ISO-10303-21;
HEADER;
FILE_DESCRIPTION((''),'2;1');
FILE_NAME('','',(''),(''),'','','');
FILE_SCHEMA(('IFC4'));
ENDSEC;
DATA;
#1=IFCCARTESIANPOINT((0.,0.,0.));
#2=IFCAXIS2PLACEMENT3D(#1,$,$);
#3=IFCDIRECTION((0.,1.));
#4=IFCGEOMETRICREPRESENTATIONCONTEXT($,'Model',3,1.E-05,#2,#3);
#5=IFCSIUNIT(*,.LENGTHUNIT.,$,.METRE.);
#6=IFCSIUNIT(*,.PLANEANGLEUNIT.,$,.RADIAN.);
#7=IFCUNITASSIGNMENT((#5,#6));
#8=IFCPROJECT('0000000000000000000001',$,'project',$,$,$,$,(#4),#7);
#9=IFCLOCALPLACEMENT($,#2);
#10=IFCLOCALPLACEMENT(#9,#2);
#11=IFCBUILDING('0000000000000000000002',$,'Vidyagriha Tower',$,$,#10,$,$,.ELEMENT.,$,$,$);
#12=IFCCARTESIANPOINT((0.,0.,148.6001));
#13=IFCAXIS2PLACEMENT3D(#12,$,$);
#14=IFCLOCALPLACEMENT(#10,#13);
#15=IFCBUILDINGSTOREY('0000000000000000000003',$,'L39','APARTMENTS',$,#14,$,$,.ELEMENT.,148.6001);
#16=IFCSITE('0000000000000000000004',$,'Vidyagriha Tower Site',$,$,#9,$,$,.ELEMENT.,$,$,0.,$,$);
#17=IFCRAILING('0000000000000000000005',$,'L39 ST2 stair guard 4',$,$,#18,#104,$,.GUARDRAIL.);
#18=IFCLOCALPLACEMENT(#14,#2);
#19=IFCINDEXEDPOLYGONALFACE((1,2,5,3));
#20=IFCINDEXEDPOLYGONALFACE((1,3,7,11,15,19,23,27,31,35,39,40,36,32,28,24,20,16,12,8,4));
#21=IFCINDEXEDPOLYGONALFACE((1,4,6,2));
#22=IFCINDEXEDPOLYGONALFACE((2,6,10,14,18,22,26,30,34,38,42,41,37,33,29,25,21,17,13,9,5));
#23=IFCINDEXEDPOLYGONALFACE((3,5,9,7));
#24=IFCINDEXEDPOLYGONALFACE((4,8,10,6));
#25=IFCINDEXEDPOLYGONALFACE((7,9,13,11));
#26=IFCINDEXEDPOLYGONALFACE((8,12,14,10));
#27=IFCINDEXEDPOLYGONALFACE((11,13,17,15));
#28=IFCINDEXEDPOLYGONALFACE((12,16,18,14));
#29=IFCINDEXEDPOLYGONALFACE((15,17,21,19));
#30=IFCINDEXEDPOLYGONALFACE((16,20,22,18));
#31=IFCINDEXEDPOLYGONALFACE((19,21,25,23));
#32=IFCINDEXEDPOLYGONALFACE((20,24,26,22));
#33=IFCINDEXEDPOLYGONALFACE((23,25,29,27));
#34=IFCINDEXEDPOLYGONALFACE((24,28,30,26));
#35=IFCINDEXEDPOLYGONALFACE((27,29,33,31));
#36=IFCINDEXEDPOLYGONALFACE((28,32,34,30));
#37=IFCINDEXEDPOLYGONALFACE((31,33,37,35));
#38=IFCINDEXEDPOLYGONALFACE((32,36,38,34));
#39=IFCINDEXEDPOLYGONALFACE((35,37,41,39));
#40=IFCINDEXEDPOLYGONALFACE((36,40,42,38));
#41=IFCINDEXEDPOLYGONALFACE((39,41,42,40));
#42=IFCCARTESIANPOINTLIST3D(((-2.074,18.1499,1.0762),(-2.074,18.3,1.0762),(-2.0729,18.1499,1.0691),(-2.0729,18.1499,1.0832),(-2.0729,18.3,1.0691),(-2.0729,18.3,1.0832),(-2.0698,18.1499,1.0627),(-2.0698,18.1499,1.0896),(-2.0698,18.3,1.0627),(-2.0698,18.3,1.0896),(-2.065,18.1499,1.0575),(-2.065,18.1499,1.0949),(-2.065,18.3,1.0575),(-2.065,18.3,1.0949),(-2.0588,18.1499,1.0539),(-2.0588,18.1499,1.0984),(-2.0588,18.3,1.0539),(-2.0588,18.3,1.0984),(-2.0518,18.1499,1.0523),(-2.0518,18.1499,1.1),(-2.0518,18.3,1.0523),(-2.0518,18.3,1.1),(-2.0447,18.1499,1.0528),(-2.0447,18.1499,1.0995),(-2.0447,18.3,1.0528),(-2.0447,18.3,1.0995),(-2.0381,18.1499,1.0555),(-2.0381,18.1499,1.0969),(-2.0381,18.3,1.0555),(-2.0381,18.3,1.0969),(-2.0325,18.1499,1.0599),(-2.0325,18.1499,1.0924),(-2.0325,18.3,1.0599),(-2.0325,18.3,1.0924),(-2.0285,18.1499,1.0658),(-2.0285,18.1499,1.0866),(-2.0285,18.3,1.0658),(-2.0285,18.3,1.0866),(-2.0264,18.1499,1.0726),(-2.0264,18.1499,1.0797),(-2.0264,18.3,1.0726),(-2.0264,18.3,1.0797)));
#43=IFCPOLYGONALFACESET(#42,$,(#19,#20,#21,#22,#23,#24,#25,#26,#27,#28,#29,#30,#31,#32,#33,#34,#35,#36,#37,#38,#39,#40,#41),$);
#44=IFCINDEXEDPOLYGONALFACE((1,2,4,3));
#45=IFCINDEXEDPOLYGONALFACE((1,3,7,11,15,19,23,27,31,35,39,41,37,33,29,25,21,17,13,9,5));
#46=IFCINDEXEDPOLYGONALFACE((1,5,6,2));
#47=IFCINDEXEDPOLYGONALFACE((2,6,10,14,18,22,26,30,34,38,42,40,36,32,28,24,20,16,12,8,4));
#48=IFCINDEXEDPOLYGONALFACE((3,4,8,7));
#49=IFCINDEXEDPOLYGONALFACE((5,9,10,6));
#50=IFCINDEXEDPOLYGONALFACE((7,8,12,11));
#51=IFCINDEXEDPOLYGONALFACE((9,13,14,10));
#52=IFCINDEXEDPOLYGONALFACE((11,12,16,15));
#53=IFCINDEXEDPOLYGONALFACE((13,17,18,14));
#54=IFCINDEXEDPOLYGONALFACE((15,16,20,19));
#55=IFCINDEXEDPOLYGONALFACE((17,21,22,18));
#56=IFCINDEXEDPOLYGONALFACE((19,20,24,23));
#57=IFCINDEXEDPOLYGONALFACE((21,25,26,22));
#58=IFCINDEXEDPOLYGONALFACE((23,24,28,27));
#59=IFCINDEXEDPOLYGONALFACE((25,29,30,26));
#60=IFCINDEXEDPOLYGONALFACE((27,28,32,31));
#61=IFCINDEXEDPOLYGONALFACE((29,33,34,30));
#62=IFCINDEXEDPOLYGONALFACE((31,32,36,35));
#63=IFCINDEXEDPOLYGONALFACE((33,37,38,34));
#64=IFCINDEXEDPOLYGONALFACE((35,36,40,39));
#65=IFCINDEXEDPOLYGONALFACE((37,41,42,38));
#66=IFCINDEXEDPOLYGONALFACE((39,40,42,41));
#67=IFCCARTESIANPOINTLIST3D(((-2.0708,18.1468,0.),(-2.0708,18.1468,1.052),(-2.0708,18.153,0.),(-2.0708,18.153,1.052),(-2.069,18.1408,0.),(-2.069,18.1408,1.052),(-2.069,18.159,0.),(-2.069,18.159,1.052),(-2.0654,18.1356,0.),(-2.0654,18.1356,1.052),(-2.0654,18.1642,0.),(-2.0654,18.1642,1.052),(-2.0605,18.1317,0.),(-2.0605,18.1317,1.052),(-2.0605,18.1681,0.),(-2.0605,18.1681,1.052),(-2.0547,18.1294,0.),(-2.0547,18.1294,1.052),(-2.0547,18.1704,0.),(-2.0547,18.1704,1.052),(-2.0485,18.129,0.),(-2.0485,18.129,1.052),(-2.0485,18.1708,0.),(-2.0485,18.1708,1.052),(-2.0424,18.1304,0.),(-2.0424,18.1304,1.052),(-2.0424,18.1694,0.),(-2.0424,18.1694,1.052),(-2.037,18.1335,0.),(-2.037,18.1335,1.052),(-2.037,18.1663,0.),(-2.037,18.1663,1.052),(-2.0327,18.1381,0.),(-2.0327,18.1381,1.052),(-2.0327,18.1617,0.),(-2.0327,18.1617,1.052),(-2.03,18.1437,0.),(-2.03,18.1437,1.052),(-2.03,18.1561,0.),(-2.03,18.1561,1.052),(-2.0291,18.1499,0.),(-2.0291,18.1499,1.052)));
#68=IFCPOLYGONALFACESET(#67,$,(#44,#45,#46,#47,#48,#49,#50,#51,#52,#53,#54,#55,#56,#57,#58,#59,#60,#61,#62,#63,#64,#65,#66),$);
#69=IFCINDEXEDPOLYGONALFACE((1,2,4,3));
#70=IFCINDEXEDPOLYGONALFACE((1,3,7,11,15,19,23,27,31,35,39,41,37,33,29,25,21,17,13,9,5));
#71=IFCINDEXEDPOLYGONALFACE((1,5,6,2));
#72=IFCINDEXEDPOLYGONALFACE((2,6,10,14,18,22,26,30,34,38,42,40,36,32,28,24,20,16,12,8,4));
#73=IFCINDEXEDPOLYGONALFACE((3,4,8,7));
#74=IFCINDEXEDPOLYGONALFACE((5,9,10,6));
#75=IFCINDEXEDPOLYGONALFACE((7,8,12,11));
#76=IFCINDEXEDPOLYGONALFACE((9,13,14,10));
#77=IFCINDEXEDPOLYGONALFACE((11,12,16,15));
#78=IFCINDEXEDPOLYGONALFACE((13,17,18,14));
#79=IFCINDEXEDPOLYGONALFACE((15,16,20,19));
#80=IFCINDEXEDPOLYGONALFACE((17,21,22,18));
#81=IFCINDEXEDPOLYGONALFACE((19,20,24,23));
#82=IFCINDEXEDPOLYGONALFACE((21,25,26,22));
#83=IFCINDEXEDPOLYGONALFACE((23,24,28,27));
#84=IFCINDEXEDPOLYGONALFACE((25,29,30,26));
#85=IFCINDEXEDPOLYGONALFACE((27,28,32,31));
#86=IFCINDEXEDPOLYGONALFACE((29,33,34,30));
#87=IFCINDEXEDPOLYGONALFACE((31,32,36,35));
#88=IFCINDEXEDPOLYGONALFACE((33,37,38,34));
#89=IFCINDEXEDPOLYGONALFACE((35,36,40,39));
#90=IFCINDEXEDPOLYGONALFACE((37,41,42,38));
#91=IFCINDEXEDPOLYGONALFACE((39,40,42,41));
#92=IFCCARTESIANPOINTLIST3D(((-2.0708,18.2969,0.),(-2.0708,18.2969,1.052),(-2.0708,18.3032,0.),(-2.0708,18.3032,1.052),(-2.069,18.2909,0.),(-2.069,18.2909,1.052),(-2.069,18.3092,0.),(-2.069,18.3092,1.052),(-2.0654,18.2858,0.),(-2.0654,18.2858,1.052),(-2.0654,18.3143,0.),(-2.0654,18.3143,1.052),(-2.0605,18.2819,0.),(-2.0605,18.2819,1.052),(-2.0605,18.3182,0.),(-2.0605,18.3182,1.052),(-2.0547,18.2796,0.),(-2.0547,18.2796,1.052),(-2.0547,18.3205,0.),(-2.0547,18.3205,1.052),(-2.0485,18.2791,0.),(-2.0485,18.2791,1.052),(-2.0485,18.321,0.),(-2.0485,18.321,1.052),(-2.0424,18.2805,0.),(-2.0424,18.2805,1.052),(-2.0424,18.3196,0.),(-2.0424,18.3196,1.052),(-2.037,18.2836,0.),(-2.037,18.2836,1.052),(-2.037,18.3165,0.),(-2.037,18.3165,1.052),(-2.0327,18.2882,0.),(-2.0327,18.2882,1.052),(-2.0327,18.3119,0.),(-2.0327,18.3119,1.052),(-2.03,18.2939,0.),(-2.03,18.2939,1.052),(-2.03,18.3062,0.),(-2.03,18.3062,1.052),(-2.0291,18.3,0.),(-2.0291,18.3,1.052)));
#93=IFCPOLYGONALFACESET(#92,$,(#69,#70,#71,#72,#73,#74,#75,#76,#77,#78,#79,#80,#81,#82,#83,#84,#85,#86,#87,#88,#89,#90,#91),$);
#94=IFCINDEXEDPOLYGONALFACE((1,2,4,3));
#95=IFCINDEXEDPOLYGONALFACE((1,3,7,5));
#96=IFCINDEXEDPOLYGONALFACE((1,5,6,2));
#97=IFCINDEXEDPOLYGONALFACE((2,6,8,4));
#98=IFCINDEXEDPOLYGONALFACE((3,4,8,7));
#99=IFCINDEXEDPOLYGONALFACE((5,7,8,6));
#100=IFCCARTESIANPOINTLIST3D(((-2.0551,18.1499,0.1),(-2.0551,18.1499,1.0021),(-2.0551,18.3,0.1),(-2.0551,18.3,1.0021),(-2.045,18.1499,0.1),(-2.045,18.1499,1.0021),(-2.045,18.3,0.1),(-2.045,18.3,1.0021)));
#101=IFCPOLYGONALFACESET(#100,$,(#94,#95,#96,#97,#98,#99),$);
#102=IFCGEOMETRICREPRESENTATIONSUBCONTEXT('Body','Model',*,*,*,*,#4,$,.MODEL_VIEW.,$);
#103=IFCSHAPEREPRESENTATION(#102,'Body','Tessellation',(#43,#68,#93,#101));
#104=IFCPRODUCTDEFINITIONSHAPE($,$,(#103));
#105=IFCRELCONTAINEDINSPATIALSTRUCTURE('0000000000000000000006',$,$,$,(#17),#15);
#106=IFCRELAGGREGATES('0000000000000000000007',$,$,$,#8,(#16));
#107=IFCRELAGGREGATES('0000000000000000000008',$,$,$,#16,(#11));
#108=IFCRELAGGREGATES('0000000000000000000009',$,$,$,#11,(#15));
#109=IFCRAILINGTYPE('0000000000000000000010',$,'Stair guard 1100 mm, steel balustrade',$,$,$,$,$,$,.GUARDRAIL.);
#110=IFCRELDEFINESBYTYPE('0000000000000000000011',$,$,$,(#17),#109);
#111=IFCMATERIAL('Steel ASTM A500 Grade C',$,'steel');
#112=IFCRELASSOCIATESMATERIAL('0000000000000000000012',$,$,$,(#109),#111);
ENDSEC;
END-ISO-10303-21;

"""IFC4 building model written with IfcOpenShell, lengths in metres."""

from ifc_helpers import new_model, si_unit, direction, frame, origin, origin_2d, place, context, subcontext, project, spatial, rectangle, circle, extrude, material, type_object, element, save


model = new_model("IFC4")

# Units and contexts
model_context = context("Model", 3, precision=1e-05, world=origin(), true_north=direction((0.0, 1.0)))
body_context = subcontext(model_context, "Body", "Model", "MODEL_VIEW")
ifc_project = project(units=[si_unit("LENGTHUNIT", "METRE"), si_unit("PLANEANGLEUNIT", "RADIAN")], contexts=[model_context])

# Site, building, storey
site_placement = place(None, origin())
site = spatial("IfcSite", under=ifc_project, at=site_placement, Name="Vidyagriha Tower Site", CompositionType="ELEMENT", RefElevation=0.0)
building_placement = place(site_placement, origin())
building = spatial("IfcBuilding", under=site, at=building_placement, Name="Vidyagriha Tower", CompositionType="ELEMENT")
storey_placement = place(building_placement, frame((0.0, 0.0, 148.6001)))
storey = spatial("IfcBuildingStorey", under=building, at=storey_placement, Name="L39", Description="APARTMENTS", CompositionType="ELEMENT", Elevation=148.6001)

# Railing
ifc_material_1 = material(Name="Steel ASTM A500 Grade C", Category="steel")
railing_type_1 = type_object("IfcRailingType", Name="Stair guard 1100 mm, steel balustrade", PredefinedType="GUARDRAIL", material=ifc_material_1)
railing_1_placement = place(storey_placement, frame((-2.05, 18.1499, 0.0)))
element("IfcRailing", 1, at=railing_1_placement, inside=storey, type_object=railing_type_1, Name="L39 ST2 stair guard 4", PredefinedType="GUARDRAIL", context=body_context, shape_type="SweptSolid", body=[
    extrude(circle(Radius=0.0239, at=origin_2d()), frame((0.0, 0.0, 1.0762), z_axis=(0.0, 1.0, 0.0), x_axis=(-1.0, 0.0, 0.0)), (0.0, 0.0, 1.0), 0.1501),
    extrude(circle(Radius=0.021, at=origin_2d()), origin(), (0.0, 0.0, 1.0), 1.052),
    extrude(circle(Radius=0.021, at=origin_2d()), frame((0.0, 0.1501, 0.0)), (0.0, 0.0, 1.0), 1.052),
    extrude(rectangle(XDim=0.01, YDim=0.9021, at=origin_2d()), frame((0.0, 0.0, 0.551), z_axis=(0.0, 1.0, 0.0), x_axis=(-1.0, 0.0, 0.0)), (0.0, 0.0, 1.0), 0.1501),
])

save(model, "model.ifc")
